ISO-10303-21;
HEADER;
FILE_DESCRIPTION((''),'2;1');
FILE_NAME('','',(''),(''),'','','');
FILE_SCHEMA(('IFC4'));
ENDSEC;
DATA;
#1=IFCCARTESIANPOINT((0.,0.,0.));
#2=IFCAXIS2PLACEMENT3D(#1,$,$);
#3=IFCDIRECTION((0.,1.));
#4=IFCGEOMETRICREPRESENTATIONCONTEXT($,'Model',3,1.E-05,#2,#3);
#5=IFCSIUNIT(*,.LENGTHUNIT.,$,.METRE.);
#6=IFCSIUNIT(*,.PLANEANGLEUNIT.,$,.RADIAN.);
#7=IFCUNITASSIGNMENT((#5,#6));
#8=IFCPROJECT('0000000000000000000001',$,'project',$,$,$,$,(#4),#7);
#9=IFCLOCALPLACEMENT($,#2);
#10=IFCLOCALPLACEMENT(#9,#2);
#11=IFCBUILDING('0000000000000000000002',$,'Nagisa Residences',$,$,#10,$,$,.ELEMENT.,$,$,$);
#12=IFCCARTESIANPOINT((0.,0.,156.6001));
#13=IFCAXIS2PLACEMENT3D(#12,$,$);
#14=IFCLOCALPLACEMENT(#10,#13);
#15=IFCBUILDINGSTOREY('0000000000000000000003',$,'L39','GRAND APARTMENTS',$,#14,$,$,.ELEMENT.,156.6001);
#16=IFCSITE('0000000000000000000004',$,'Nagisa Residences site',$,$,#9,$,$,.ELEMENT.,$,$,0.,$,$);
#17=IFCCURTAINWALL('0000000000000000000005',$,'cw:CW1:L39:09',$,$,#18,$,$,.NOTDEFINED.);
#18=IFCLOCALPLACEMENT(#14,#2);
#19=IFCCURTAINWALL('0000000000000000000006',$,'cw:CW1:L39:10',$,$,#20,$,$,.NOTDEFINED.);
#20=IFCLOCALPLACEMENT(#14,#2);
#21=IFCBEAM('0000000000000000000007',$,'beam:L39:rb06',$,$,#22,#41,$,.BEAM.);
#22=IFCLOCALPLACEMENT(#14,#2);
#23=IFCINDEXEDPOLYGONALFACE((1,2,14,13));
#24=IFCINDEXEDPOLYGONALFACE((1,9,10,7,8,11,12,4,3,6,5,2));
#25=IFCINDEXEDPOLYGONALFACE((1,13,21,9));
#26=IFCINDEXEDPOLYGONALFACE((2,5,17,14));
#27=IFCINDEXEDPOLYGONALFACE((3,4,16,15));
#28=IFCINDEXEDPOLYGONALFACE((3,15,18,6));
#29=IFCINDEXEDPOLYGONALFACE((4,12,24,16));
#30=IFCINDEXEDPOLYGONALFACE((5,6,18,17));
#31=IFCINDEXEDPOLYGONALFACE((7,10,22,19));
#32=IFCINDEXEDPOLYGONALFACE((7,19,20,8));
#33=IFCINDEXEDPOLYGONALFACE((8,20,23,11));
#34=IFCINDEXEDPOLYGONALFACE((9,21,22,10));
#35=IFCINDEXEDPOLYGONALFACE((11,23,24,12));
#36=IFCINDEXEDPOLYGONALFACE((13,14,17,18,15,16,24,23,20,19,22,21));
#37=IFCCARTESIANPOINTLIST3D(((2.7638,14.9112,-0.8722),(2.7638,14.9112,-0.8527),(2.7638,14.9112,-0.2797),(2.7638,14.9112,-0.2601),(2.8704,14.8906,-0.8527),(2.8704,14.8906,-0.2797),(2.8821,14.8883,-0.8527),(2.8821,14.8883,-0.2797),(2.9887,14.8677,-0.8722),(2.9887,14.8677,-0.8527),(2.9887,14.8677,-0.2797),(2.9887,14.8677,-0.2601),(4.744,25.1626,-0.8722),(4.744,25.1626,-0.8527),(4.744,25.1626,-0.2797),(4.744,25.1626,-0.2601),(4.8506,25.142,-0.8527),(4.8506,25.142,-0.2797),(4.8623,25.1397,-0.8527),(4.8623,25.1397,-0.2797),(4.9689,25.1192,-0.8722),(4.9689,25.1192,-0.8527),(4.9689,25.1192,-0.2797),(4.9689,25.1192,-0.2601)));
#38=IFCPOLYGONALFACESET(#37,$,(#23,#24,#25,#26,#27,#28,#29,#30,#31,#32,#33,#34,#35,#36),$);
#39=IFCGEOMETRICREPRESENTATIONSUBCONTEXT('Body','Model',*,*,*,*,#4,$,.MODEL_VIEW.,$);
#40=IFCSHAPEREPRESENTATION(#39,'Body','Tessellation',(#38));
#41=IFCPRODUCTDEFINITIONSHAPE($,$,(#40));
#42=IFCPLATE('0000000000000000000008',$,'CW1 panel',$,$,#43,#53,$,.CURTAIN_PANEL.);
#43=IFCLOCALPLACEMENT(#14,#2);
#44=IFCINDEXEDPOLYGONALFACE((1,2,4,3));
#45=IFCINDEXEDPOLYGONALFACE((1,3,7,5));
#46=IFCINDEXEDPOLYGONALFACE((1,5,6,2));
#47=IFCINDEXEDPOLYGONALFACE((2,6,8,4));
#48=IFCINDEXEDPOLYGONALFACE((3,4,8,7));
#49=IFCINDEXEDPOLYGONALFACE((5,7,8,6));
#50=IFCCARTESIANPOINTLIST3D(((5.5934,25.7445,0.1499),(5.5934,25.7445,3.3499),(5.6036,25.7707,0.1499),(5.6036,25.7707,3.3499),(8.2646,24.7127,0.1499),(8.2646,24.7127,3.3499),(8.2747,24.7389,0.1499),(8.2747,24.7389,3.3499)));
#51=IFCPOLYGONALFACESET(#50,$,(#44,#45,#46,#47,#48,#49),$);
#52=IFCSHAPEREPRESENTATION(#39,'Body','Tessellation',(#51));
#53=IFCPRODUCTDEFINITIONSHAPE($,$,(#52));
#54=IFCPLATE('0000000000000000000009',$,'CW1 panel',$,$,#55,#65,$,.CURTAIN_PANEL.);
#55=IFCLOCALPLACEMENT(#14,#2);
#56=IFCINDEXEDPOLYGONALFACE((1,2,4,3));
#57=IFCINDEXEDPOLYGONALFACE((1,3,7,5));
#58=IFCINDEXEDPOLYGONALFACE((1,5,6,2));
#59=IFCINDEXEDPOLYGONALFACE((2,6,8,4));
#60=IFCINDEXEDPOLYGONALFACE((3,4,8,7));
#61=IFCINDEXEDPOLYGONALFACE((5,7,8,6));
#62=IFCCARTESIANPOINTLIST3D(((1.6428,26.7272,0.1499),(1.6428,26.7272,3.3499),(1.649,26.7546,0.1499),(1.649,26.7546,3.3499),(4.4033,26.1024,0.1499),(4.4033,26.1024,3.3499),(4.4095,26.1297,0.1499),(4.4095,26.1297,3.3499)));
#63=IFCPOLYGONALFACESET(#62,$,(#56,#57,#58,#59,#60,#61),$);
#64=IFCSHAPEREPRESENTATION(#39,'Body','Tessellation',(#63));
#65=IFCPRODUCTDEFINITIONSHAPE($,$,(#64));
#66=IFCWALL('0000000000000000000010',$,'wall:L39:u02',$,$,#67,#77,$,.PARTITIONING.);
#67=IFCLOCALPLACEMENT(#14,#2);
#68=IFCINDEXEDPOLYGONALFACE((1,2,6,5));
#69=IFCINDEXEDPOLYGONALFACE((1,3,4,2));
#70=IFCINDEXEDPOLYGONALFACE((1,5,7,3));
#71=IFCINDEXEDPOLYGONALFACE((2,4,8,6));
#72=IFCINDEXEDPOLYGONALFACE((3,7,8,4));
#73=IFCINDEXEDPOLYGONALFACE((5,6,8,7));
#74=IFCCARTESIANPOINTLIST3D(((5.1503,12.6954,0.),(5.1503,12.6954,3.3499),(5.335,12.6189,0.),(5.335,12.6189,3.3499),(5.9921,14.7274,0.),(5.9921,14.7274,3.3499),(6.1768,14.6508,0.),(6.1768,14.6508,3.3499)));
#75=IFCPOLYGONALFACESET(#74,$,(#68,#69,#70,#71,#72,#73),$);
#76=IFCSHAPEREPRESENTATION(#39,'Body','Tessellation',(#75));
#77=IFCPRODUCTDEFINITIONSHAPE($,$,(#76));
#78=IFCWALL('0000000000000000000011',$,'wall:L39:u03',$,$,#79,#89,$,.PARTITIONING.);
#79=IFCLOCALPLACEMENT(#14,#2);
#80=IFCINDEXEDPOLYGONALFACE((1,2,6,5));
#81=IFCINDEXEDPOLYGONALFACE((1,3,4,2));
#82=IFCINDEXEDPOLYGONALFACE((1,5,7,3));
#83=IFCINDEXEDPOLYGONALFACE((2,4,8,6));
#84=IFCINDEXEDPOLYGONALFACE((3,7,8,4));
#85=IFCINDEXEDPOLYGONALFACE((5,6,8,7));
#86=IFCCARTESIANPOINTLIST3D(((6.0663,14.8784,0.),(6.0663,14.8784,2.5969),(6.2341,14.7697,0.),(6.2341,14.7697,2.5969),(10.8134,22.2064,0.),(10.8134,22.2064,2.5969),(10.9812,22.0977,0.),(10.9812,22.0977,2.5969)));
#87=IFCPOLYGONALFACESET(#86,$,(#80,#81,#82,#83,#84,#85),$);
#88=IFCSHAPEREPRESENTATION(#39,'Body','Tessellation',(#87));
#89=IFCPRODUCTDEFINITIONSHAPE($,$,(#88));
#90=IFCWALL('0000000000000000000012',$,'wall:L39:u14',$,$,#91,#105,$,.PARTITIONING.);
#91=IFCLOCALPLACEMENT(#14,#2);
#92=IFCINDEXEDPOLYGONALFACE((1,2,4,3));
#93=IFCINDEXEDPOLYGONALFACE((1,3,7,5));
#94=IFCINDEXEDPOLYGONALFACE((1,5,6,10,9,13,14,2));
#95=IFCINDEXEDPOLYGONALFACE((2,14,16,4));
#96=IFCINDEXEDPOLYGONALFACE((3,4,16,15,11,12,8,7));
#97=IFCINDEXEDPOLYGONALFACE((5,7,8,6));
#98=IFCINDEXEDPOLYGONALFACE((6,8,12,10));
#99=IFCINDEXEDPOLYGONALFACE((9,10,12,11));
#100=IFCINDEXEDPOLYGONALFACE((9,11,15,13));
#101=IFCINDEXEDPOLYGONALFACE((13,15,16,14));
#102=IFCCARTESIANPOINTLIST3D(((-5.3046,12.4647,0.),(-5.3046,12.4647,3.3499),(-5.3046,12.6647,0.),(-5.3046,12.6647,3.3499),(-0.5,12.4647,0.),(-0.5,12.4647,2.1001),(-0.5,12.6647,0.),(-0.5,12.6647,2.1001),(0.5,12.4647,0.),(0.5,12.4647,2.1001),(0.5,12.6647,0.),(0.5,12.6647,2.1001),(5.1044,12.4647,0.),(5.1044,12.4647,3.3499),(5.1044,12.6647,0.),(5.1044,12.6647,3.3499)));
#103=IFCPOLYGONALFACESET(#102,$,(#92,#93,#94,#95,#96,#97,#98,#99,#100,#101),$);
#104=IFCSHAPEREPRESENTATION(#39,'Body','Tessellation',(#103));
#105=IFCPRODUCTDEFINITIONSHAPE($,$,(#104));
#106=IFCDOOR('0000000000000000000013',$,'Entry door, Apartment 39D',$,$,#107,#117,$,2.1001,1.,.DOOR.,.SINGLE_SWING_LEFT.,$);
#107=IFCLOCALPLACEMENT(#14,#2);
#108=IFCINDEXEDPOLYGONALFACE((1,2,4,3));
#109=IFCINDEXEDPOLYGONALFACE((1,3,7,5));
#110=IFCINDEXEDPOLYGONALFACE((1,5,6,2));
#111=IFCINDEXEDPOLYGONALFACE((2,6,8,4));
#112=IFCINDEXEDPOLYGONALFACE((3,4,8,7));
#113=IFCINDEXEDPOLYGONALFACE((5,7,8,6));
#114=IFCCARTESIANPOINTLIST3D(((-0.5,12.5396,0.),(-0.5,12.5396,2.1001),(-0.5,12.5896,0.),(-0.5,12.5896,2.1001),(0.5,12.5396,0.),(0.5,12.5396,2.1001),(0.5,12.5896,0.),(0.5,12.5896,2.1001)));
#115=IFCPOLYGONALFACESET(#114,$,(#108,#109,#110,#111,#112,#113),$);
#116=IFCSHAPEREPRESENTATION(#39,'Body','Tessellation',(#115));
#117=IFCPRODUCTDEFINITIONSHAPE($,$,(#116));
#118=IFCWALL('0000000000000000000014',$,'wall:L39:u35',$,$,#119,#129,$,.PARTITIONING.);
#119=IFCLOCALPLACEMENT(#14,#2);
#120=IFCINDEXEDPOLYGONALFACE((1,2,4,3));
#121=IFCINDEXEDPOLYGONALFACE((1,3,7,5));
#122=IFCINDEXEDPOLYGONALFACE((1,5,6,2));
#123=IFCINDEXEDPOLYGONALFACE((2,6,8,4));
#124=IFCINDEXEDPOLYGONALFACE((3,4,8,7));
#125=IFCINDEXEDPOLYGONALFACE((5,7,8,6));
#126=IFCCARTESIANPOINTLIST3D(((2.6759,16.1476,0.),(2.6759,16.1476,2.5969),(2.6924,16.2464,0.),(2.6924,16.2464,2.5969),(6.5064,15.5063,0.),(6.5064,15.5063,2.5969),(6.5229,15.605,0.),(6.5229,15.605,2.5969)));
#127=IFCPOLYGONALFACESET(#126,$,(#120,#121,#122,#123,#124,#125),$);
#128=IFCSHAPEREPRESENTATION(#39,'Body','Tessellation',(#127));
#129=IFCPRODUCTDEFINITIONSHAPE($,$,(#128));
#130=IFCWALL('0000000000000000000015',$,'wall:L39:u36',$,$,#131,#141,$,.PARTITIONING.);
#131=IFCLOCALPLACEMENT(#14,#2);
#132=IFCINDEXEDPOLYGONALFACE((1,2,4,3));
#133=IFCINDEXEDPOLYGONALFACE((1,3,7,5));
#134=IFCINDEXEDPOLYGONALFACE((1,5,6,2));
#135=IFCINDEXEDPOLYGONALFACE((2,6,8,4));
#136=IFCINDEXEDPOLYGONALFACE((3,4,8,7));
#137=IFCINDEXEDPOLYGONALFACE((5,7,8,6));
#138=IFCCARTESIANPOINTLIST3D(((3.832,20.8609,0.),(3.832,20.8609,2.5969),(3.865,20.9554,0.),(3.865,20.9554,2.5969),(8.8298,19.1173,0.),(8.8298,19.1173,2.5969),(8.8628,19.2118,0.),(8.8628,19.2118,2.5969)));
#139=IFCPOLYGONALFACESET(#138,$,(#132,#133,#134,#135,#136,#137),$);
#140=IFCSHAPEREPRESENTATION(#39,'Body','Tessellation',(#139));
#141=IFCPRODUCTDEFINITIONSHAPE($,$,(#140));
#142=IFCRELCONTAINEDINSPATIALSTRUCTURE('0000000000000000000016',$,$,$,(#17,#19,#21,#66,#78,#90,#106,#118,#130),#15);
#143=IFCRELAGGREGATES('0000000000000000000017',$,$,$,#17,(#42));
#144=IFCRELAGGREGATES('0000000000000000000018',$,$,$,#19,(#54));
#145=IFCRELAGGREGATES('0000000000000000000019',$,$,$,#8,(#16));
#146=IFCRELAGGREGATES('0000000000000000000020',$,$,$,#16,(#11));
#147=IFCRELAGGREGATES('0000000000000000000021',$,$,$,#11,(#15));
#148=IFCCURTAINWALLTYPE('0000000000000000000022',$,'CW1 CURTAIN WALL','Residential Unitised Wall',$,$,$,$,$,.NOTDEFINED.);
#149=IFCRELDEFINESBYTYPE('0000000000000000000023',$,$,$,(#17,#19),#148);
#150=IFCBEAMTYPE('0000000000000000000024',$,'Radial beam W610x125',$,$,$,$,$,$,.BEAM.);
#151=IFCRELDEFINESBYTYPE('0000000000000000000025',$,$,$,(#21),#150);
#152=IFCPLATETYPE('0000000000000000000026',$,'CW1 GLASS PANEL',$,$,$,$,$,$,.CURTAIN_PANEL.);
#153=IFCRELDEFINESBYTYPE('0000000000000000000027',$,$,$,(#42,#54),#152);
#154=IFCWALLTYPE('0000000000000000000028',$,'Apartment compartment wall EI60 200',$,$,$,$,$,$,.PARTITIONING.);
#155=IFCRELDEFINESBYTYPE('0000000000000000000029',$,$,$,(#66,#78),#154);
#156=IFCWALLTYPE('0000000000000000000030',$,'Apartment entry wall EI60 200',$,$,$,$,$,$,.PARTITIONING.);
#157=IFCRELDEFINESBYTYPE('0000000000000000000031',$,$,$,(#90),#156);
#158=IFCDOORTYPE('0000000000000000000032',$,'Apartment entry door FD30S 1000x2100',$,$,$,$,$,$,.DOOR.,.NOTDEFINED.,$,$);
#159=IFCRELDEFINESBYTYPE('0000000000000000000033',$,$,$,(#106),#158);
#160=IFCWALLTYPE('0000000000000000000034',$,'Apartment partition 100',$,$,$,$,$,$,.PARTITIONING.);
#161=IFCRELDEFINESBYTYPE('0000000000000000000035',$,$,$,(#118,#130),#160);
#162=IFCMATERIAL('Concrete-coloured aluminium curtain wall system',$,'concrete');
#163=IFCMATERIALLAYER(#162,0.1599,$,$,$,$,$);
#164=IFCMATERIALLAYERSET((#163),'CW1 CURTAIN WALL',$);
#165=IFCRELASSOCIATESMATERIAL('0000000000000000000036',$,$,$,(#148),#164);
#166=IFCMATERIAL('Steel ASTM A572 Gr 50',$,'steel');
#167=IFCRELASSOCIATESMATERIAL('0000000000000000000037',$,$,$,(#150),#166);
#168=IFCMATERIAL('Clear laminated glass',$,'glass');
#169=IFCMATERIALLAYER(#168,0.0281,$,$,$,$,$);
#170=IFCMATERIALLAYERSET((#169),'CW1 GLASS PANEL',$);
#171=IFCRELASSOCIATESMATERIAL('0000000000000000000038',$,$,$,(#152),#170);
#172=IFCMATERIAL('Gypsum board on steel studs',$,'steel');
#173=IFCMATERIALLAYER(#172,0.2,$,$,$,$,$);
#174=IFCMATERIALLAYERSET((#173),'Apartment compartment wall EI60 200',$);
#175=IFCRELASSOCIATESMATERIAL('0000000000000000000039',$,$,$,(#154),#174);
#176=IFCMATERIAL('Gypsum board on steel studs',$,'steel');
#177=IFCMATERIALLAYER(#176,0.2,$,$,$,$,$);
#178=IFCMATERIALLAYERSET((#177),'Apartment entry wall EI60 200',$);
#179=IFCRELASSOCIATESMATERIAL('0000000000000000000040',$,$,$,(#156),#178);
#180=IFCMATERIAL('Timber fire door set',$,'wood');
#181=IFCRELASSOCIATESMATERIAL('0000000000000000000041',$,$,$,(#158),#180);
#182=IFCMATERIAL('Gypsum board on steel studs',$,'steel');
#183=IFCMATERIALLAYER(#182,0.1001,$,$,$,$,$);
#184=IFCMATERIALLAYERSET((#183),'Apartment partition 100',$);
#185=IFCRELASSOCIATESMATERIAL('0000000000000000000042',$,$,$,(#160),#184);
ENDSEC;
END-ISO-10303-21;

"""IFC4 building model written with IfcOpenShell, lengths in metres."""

from ifc_helpers import new_model, si_unit, direction, frame, frame_2d, origin, origin_2d, place, context, subcontext, project, spatial, rectangle, i_section, extrude, material, layer, layer_set, material_profile, profile_set, type_object, element, fill, aggregate, save


model = new_model("IFC4")

# Units and contexts
model_context = context("Model", 3, precision=1e-05, world=origin(), true_north=direction((0.0, 1.0)))
body_context = subcontext(model_context, "Body", "Model", "MODEL_VIEW")
ifc_project = project(units=[si_unit("LENGTHUNIT", "METRE"), si_unit("PLANEANGLEUNIT", "RADIAN")], contexts=[model_context])

# Site, building, storey
site_placement = place(None, origin())
site = spatial("IfcSite", under=ifc_project, at=site_placement, Name="Nagisa Residences site", CompositionType="ELEMENT", RefElevation=0.0)
building_placement = place(site_placement, origin())
building = spatial("IfcBuilding", under=site, at=building_placement, Name="Nagisa Residences", CompositionType="ELEMENT")
storey_placement = place(building_placement, frame((0.0, 0.0, 156.6001)))
storey = spatial("IfcBuildingStorey", under=building, at=storey_placement, Name="L39", Description="GRAND APARTMENTS", CompositionType="ELEMENT", Elevation=156.6001)

# Curtain walls
ifc_material_1 = material(Name="Concrete-coloured aluminium curtain wall system", Category="concrete")
ifc_layer_1 = layer(ifc_material_1, 0.1599)
ifc_layer_set_1 = layer_set([ifc_layer_1], Name="CW1 CURTAIN WALL")
curtain_wall_type = type_object("IfcCurtainWallType", Name="CW1 CURTAIN WALL", Description="Residential Unitised Wall", PredefinedType="NOTDEFINED", material=ifc_layer_set_1)
curtain_wall_1_placement = place(storey_placement, origin())
curtain_wall_1 = element("IfcCurtainWall", 1, at=curtain_wall_1_placement, inside=storey, type_object=curtain_wall_type, Name="cw:CW1:L39:09", PredefinedType="NOTDEFINED")
curtain_wall_2_placement = place(storey_placement, origin())
curtain_wall_2 = element("IfcCurtainWall", 2, at=curtain_wall_2_placement, inside=storey, type_object=curtain_wall_type, Name="cw:CW1:L39:10", PredefinedType="NOTDEFINED")

# Beam
ifc_material_2 = material(Name="Steel ASTM A572 Gr 50", Category="steel")
ifc_material_profile_1 = material_profile(ifc_material_2, i_section(OverallWidth=0.229, OverallDepth=0.6121, WebThickness=0.012, FlangeThickness=0.0195, at=origin_2d()), Name="W610x125")
ifc_profile_set_1 = profile_set([ifc_material_profile_1], Name="Steel ASTM A572 Gr 50")
beam_type_1 = type_object("IfcBeamType", Name="Radial beam W610x125", PredefinedType="BEAM", material=ifc_profile_set_1)
beam_1_placement = place(storey_placement, frame((4.8564, 25.1409, -0.5662), z_axis=(-0.189659, -0.98185, 0.0), x_axis=(0.98185, -0.189659, 0.0)))
element("IfcBeam", 3, at=beam_1_placement, inside=storey, type_object=beam_type_1, Name="beam:L39:rb06", PredefinedType="BEAM", context=body_context, shape_type="SweptSolid", body=[
    extrude(i_section(OverallWidth=0.229, OverallDepth=0.6121, WebThickness=0.012, FlangeThickness=0.0195, at=origin_2d()), origin(), (0.0, 0.0, 1.0), 10.4409),
])

# Plates
ifc_material_3 = material(Name="Clear laminated glass", Category="glass")
ifc_layer_2 = layer(ifc_material_3, 0.0281)
ifc_layer_set_2 = layer_set([ifc_layer_2], Name="CW1 GLASS PANEL")
plate_type = type_object("IfcPlateType", Name="CW1 GLASS PANEL", PredefinedType="CURTAIN_PANEL", material=ifc_layer_set_2)
plate_1_placement = place(storey_placement, frame((6.9341, 25.2417, 0.1499), z_axis=(0.0, 0.0, 1.0), x_axis=(-0.932826, 0.360328, 0.0)))
plate_1 = element("IfcPlate", 4, at=plate_1_placement, type_object=plate_type, Name="CW1 panel", PredefinedType="CURTAIN_PANEL", context=body_context, shape_type="SweptSolid", body=[
    extrude(rectangle(XDim=2.8635, YDim=0.0281, at=origin_2d()), origin(), (0.0, 0.0, 1.0), 3.2),
])
aggregate(curtain_wall_1, [plate_1])
plate_2_placement = place(storey_placement, frame((3.0261, 26.4285, 0.1499), z_axis=(0.0, 0.0, 1.0), x_axis=(-0.975327, 0.220764, 0.0)))
plate_2 = element("IfcPlate", 5, at=plate_2_placement, type_object=plate_type, Name="CW1 panel", PredefinedType="CURTAIN_PANEL", context=body_context, shape_type="SweptSolid", body=[
    extrude(rectangle(XDim=2.8303, YDim=0.0281, at=origin_2d()), origin(), (0.0, 0.0, 1.0), 3.2),
])
aggregate(curtain_wall_2, [plate_2])

# Walls
ifc_material_4 = material(Name="Gypsum board on steel studs", Category="steel")
ifc_layer_3 = layer(ifc_material_4, 0.2)
ifc_layer_set_3 = layer_set([ifc_layer_3], Name="Apartment compartment wall EI60 200")
wall_type_1 = type_object("IfcWallType", Name="Apartment compartment wall EI60 200", PredefinedType="PARTITIONING", material=ifc_layer_set_3)
wall_1_placement = place(storey_placement, frame((5.2427, 12.6572, 0.0), z_axis=(0.0, 0.0, 1.0), x_axis=(0.382731, 0.92386, 0.0)))
element("IfcWall", 6, at=wall_1_placement, inside=storey, type_object=wall_type_1, Name="wall:L39:u02", PredefinedType="PARTITIONING", context=body_context, shape_type="SweptSolid", body=[
    extrude(rectangle(XDim=2.1995, YDim=0.2, at=frame_2d((1.0996, 0.0))), origin(), (0.0, 0.0, 1.0), 3.3499),
])
wall_2_placement = place(storey_placement, frame((6.1501, 14.824, 0.0), z_axis=(0.0, 0.0, 1.0), x_axis=(0.543695, 0.839283, 0.0)))
element("IfcWall", 7, at=wall_2_placement, inside=storey, type_object=wall_type_1, Name="wall:L39:u03", PredefinedType="PARTITIONING", context=body_context, shape_type="SweptSolid", body=[
    extrude(rectangle(XDim=8.7312, YDim=0.2, at=frame_2d((4.3657, 0.0))), origin(), (0.0, 0.0, 1.0), 2.5969),
])

# Wall, opening, door
ifc_material_5 = material(Name="Gypsum board on steel studs", Category="steel")
ifc_layer_4 = layer(ifc_material_5, 0.2)
ifc_layer_set_4 = layer_set([ifc_layer_4], Name="Apartment entry wall EI60 200")
wall_type_2 = type_object("IfcWallType", Name="Apartment entry wall EI60 200", PredefinedType="PARTITIONING", material=ifc_layer_set_4)
wall_3_placement = place(storey_placement, frame((5.1045, 12.5647, 0.0), z_axis=(0.0, 0.0, 1.0), x_axis=(-1.0, 0.0, 0.0)))
wall_3 = element("IfcWall", 8, at=wall_3_placement, inside=storey, type_object=wall_type_2, Name="wall:L39:u14", PredefinedType="PARTITIONING", context=body_context, shape_type="SweptSolid", body=[
    extrude(rectangle(XDim=10.4089, YDim=0.2, at=frame_2d((5.2046, 0.0))), origin(), (0.0, 0.0, 1.0), 3.3499),
])
opening_1_placement = place(wall_3_placement, frame((4.6045, 0.0, 0.0)))
opening_1 = element("IfcOpeningElement", 9, at=opening_1_placement, cuts=wall_3, PredefinedType="OPENING", context=body_context, shape_type="SweptSolid", body=[
    extrude(rectangle(XDim=1.0, YDim=2.1001, at=frame_2d((0.5, 1.05))), frame((0.0, 0.1099, 0.0), z_axis=(0.0, -1.0, 0.0), x_axis=(1.0, 0.0, 0.0)), (0.0, 0.0, 1.0), 0.22),
])
ifc_material_6 = material(Name="Timber fire door set", Category="wood")
door_type_1 = type_object("IfcDoorType", Name="Apartment entry door FD30S 1000x2100", OperationType="NOTDEFINED", PredefinedType="DOOR", material=ifc_material_6)
door_1_placement = place(opening_1_placement, frame((1.0, 0.0, 0.0), x_axis=(-1.0, 0.0, 0.0)))
door_1 = element("IfcDoor", 10, at=door_1_placement, inside=storey, type_object=door_type_1, Name="Entry door, Apartment 39D", OperationType="SINGLE_SWING_LEFT", OverallHeight=2.1001, OverallWidth=1.0, PredefinedType="DOOR", context=body_context, shape_type="SweptSolid", body=[
    extrude(rectangle(XDim=1.0, YDim=2.1001, at=frame_2d((0.5, 1.05))), frame((0.0, 0.0249, 0.0), z_axis=(0.0, -1.0, 0.0), x_axis=(1.0, 0.0, 0.0)), (0.0, 0.0, 1.0), 0.05),
])
fill(opening_1, door_1)

# Walls
ifc_material_7 = material(Name="Gypsum board on steel studs", Category="steel")
ifc_layer_5 = layer(ifc_material_7, 0.1001)
ifc_layer_set_5 = layer_set([ifc_layer_5], Name="Apartment partition 100")
wall_type_3 = type_object("IfcWallType", Name="Apartment partition 100", PredefinedType="PARTITIONING", material=ifc_layer_set_5)
wall_4_placement = place(storey_placement, frame((6.5146, 15.5557, 0.0), z_axis=(0.0, 0.0, 1.0), x_axis=(-0.986271, 0.165133, 0.0)))
element("IfcWall", 11, at=wall_4_placement, inside=storey, type_object=wall_type_3, Name="wall:L39:u35", PredefinedType="PARTITIONING", context=body_context, shape_type="SweptSolid", body=[
    extrude(rectangle(XDim=3.8838, YDim=0.1001, at=frame_2d((1.9419, 0.0))), origin(), (0.0, 0.0, 1.0), 2.5969),
])
wall_5_placement = place(storey_placement, frame((8.8462, 19.1646, 0.0), z_axis=(0.0, 0.0, 1.0), x_axis=(-0.944187, 0.329411, 0.0)))
element("IfcWall", 12, at=wall_5_placement, inside=storey, type_object=wall_type_3, Name="wall:L39:u36", PredefinedType="PARTITIONING", context=body_context, shape_type="SweptSolid", body=[
    extrude(rectangle(XDim=5.2932, YDim=0.1001, at=frame_2d((2.6465, 0.0))), origin(), (0.0, 0.0, 1.0), 2.5969),
])

save(model, "model.ifc")
